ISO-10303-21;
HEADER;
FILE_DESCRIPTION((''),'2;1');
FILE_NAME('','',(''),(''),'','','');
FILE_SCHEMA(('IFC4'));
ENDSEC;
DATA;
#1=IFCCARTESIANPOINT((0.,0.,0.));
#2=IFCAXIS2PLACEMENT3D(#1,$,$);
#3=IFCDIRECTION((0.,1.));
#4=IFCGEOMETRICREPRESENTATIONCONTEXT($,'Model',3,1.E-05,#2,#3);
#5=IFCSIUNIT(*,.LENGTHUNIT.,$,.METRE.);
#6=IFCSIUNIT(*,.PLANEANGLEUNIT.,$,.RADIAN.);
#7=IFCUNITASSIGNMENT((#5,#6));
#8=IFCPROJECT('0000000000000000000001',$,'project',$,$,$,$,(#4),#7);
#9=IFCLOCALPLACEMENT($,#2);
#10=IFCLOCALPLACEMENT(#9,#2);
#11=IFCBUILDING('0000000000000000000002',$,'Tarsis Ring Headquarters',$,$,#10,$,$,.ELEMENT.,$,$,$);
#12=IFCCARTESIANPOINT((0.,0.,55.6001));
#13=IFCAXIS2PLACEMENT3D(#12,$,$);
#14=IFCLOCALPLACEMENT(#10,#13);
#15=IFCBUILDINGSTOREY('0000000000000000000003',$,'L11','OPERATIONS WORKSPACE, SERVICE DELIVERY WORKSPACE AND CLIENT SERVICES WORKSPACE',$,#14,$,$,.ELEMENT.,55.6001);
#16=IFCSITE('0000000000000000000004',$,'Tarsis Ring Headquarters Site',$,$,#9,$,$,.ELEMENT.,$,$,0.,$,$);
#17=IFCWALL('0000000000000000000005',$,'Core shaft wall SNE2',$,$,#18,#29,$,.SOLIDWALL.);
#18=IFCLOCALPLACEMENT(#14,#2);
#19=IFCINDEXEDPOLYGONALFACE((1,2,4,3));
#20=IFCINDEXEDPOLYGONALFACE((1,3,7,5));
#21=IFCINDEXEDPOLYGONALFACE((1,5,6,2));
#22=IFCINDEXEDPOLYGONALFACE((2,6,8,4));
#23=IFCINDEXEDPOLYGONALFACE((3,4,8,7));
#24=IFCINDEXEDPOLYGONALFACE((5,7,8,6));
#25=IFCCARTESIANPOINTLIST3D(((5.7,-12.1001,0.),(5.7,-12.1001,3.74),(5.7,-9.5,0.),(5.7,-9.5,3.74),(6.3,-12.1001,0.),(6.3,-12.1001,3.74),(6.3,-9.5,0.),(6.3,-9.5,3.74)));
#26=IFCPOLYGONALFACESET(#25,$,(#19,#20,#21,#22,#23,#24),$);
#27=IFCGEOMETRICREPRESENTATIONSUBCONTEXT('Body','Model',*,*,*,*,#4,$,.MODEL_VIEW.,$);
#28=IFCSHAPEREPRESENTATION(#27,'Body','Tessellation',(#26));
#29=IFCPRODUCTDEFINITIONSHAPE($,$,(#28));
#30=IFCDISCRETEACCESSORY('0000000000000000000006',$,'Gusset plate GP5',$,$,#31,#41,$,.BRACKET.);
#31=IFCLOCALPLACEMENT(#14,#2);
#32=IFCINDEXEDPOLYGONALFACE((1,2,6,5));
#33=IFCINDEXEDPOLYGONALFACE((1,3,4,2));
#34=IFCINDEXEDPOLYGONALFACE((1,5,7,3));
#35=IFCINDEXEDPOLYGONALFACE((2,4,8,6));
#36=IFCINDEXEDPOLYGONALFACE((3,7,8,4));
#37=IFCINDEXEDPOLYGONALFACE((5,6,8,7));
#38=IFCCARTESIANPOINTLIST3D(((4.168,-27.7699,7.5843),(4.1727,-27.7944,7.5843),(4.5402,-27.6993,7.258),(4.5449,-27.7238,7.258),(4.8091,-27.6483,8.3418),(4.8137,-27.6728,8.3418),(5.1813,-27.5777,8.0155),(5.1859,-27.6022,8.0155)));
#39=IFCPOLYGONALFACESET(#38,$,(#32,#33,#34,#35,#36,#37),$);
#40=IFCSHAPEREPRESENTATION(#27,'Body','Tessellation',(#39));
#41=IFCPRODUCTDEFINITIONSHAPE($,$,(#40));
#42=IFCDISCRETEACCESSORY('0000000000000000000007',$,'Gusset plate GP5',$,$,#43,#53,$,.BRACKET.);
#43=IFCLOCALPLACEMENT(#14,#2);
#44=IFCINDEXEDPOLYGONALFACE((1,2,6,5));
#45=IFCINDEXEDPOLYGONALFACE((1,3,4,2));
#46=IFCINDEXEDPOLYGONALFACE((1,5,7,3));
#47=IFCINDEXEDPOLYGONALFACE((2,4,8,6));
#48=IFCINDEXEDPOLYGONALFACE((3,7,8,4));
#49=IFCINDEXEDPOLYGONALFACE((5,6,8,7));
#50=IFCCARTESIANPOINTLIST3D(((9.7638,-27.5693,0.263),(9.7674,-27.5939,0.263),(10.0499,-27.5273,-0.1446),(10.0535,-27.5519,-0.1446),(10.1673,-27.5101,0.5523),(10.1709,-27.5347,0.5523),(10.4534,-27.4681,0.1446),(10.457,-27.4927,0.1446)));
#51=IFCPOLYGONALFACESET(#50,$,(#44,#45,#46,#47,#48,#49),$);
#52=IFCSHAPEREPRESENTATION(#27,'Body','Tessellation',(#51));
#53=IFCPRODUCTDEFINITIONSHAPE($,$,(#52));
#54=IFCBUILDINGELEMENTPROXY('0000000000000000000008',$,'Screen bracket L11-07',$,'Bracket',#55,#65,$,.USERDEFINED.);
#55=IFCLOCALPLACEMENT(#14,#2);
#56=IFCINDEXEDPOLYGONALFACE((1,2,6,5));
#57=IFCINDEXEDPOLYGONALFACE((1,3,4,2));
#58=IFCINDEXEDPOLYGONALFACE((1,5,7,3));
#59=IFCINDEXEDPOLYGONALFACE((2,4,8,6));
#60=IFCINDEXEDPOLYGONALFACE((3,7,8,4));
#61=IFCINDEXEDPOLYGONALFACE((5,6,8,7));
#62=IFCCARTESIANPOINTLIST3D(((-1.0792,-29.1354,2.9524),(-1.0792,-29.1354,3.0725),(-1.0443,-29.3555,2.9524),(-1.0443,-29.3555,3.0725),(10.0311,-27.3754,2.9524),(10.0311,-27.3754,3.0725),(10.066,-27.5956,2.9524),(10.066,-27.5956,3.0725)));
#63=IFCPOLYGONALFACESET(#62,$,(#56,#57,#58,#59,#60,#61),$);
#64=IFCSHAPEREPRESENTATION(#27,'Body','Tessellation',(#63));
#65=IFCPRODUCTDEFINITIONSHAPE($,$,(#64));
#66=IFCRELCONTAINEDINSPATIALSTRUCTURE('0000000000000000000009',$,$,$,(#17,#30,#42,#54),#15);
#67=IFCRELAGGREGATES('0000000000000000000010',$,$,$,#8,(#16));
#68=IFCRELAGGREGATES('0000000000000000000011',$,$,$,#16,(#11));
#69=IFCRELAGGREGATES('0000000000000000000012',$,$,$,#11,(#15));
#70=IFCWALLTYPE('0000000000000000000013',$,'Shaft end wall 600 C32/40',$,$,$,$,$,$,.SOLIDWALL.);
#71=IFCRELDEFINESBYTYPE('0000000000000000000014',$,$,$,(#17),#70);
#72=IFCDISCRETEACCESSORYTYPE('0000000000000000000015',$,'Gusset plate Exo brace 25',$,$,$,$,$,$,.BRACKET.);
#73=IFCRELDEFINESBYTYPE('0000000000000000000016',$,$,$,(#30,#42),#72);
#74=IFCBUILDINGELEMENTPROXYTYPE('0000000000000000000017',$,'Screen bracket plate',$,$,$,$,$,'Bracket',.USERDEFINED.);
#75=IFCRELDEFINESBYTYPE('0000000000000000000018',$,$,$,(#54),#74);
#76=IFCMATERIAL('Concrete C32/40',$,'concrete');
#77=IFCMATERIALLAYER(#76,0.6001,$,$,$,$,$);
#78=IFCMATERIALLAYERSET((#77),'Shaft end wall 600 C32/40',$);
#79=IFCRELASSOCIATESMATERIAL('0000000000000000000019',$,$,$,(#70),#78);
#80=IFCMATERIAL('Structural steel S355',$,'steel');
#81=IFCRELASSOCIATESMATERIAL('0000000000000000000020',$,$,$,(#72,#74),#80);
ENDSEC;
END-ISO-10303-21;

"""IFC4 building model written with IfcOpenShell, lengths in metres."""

from ifc_helpers import new_model, si_unit, direction, frame, frame_2d, origin, origin_2d, place, context, subcontext, project, spatial, rectangle, extrude, material, layer, layer_set, material_profile, profile_set, type_object, element, save


model = new_model("IFC4")

# Units and contexts
model_context = context("Model", 3, precision=1e-05, world=origin(), true_north=direction((0.0, 1.0)))
body_context = subcontext(model_context, "Body", "Model", "MODEL_VIEW")
ifc_project = project(units=[si_unit("LENGTHUNIT", "METRE"), si_unit("PLANEANGLEUNIT", "RADIAN")], contexts=[model_context])

# Site, building, storey
site_placement = place(None, origin())
site = spatial("IfcSite", under=ifc_project, at=site_placement, Name="Tarsis Ring Headquarters Site", CompositionType="ELEMENT", RefElevation=0.0)
building_placement = place(site_placement, origin())
building = spatial("IfcBuilding", under=site, at=building_placement, Name="Tarsis Ring Headquarters", CompositionType="ELEMENT")
storey_placement = place(building_placement, frame((0.0, 0.0, 55.6001)))
storey = spatial("IfcBuildingStorey", under=building, at=storey_placement, Name="L11", Description="OPERATIONS WORKSPACE, SERVICE DELIVERY WORKSPACE AND CLIENT SERVICES WORKSPACE", CompositionType="ELEMENT", Elevation=55.6001)

# Shared definitions
ifc_material_1 = material(Name="Structural steel S355", Category="steel")

# Wall
ifc_material_2 = material(Name="Concrete C32/40", Category="concrete")
ifc_layer_1 = layer(ifc_material_2, 0.6001)
ifc_layer_set_1 = layer_set([ifc_layer_1], Name="Shaft end wall 600 C32/40")
wall_type_1 = type_object("IfcWallType", Name="Shaft end wall 600 C32/40", PredefinedType="SOLIDWALL", material=ifc_layer_set_1)
wall_1_placement = place(storey_placement, frame((6.0, -12.1001, 0.0), z_axis=(0.0, 0.0, 1.0), x_axis=(0.0, 1.0, 0.0)))
element("IfcWall", 1, at=wall_1_placement, inside=storey, type_object=wall_type_1, Name="Core shaft wall SNE2", PredefinedType="SOLIDWALL", context=body_context, shape_type="SweptSolid", body=[
    extrude(rectangle(XDim=2.6001, YDim=0.6001, at=frame_2d((1.3, 0.0))), origin(), (0.0, 0.0, 1.0), 3.74),
])

# Discrete accessories
ifc_material_profile_1 = material_profile(ifc_material_1, rectangle(XDim=0.0249, YDim=0.5, at=origin_2d()), Name="PL 25x500")
ifc_profile_set_1 = profile_set([ifc_material_profile_1], Name="Structural steel S355")
discrete_accessory_type = type_object("IfcDiscreteAccessoryType", Name="Gusset plate Exo brace 25", PredefinedType="BRACKET", material=ifc_profile_set_1)
discrete_accessory_1_placement = place(storey_placement, frame((4.3564, -27.7468, 7.4211), z_axis=(0.641204, 0.121599, 0.757675), x_axis=(-0.186321, 0.982489, 0.0)))
element("IfcDiscreteAccessory", 2, at=discrete_accessory_1_placement, inside=storey, type_object=discrete_accessory_type, Name="Gusset plate GP5", PredefinedType="BRACKET", context=body_context, shape_type="SweptSolid", body=[
    extrude(rectangle(XDim=0.0249, YDim=0.5, at=origin_2d()), origin(), (0.0, 0.0, 1.0), 0.9998),
])
discrete_accessory_2_placement = place(storey_placement, frame((10.2534, -27.51, 0.0), z_axis=(-0.572418, -0.084007, 0.815647), x_axis=(0.145202, -0.989402, 0.0)))
element("IfcDiscreteAccessory", 3, at=discrete_accessory_2_placement, inside=storey, type_object=discrete_accessory_type, Name="Gusset plate GP5", PredefinedType="BRACKET", context=body_context, shape_type="SweptSolid", body=[
    extrude(rectangle(XDim=0.0249, YDim=0.5, at=origin_2d()), origin(), (0.0, 0.0, 1.0), 0.4998),
])

# Building element proxy
building_element_proxy_type = type_object("IfcBuildingElementProxyType", Name="Screen bracket plate", ElementType="Bracket", PredefinedType="USERDEFINED", material=ifc_material_1)
proxy_placement = place(storey_placement, frame((4.4934, -28.3655, 2.9524), z_axis=(0.0, 0.0, 1.0), x_axis=(0.987685, 0.156456, 0.0)))
element("IfcBuildingElementProxy", 4, at=proxy_placement, inside=storey, type_object=building_element_proxy_type, Name="Screen bracket L11-07", ObjectType="Bracket", PredefinedType="USERDEFINED", context=body_context, shape_type="SweptSolid", body=[
    extrude(rectangle(XDim=11.2488, YDim=0.2229, at=origin_2d()), origin(), (0.0, 0.0, 1.0), 0.1201),
])

save(model, "model.ifc")
